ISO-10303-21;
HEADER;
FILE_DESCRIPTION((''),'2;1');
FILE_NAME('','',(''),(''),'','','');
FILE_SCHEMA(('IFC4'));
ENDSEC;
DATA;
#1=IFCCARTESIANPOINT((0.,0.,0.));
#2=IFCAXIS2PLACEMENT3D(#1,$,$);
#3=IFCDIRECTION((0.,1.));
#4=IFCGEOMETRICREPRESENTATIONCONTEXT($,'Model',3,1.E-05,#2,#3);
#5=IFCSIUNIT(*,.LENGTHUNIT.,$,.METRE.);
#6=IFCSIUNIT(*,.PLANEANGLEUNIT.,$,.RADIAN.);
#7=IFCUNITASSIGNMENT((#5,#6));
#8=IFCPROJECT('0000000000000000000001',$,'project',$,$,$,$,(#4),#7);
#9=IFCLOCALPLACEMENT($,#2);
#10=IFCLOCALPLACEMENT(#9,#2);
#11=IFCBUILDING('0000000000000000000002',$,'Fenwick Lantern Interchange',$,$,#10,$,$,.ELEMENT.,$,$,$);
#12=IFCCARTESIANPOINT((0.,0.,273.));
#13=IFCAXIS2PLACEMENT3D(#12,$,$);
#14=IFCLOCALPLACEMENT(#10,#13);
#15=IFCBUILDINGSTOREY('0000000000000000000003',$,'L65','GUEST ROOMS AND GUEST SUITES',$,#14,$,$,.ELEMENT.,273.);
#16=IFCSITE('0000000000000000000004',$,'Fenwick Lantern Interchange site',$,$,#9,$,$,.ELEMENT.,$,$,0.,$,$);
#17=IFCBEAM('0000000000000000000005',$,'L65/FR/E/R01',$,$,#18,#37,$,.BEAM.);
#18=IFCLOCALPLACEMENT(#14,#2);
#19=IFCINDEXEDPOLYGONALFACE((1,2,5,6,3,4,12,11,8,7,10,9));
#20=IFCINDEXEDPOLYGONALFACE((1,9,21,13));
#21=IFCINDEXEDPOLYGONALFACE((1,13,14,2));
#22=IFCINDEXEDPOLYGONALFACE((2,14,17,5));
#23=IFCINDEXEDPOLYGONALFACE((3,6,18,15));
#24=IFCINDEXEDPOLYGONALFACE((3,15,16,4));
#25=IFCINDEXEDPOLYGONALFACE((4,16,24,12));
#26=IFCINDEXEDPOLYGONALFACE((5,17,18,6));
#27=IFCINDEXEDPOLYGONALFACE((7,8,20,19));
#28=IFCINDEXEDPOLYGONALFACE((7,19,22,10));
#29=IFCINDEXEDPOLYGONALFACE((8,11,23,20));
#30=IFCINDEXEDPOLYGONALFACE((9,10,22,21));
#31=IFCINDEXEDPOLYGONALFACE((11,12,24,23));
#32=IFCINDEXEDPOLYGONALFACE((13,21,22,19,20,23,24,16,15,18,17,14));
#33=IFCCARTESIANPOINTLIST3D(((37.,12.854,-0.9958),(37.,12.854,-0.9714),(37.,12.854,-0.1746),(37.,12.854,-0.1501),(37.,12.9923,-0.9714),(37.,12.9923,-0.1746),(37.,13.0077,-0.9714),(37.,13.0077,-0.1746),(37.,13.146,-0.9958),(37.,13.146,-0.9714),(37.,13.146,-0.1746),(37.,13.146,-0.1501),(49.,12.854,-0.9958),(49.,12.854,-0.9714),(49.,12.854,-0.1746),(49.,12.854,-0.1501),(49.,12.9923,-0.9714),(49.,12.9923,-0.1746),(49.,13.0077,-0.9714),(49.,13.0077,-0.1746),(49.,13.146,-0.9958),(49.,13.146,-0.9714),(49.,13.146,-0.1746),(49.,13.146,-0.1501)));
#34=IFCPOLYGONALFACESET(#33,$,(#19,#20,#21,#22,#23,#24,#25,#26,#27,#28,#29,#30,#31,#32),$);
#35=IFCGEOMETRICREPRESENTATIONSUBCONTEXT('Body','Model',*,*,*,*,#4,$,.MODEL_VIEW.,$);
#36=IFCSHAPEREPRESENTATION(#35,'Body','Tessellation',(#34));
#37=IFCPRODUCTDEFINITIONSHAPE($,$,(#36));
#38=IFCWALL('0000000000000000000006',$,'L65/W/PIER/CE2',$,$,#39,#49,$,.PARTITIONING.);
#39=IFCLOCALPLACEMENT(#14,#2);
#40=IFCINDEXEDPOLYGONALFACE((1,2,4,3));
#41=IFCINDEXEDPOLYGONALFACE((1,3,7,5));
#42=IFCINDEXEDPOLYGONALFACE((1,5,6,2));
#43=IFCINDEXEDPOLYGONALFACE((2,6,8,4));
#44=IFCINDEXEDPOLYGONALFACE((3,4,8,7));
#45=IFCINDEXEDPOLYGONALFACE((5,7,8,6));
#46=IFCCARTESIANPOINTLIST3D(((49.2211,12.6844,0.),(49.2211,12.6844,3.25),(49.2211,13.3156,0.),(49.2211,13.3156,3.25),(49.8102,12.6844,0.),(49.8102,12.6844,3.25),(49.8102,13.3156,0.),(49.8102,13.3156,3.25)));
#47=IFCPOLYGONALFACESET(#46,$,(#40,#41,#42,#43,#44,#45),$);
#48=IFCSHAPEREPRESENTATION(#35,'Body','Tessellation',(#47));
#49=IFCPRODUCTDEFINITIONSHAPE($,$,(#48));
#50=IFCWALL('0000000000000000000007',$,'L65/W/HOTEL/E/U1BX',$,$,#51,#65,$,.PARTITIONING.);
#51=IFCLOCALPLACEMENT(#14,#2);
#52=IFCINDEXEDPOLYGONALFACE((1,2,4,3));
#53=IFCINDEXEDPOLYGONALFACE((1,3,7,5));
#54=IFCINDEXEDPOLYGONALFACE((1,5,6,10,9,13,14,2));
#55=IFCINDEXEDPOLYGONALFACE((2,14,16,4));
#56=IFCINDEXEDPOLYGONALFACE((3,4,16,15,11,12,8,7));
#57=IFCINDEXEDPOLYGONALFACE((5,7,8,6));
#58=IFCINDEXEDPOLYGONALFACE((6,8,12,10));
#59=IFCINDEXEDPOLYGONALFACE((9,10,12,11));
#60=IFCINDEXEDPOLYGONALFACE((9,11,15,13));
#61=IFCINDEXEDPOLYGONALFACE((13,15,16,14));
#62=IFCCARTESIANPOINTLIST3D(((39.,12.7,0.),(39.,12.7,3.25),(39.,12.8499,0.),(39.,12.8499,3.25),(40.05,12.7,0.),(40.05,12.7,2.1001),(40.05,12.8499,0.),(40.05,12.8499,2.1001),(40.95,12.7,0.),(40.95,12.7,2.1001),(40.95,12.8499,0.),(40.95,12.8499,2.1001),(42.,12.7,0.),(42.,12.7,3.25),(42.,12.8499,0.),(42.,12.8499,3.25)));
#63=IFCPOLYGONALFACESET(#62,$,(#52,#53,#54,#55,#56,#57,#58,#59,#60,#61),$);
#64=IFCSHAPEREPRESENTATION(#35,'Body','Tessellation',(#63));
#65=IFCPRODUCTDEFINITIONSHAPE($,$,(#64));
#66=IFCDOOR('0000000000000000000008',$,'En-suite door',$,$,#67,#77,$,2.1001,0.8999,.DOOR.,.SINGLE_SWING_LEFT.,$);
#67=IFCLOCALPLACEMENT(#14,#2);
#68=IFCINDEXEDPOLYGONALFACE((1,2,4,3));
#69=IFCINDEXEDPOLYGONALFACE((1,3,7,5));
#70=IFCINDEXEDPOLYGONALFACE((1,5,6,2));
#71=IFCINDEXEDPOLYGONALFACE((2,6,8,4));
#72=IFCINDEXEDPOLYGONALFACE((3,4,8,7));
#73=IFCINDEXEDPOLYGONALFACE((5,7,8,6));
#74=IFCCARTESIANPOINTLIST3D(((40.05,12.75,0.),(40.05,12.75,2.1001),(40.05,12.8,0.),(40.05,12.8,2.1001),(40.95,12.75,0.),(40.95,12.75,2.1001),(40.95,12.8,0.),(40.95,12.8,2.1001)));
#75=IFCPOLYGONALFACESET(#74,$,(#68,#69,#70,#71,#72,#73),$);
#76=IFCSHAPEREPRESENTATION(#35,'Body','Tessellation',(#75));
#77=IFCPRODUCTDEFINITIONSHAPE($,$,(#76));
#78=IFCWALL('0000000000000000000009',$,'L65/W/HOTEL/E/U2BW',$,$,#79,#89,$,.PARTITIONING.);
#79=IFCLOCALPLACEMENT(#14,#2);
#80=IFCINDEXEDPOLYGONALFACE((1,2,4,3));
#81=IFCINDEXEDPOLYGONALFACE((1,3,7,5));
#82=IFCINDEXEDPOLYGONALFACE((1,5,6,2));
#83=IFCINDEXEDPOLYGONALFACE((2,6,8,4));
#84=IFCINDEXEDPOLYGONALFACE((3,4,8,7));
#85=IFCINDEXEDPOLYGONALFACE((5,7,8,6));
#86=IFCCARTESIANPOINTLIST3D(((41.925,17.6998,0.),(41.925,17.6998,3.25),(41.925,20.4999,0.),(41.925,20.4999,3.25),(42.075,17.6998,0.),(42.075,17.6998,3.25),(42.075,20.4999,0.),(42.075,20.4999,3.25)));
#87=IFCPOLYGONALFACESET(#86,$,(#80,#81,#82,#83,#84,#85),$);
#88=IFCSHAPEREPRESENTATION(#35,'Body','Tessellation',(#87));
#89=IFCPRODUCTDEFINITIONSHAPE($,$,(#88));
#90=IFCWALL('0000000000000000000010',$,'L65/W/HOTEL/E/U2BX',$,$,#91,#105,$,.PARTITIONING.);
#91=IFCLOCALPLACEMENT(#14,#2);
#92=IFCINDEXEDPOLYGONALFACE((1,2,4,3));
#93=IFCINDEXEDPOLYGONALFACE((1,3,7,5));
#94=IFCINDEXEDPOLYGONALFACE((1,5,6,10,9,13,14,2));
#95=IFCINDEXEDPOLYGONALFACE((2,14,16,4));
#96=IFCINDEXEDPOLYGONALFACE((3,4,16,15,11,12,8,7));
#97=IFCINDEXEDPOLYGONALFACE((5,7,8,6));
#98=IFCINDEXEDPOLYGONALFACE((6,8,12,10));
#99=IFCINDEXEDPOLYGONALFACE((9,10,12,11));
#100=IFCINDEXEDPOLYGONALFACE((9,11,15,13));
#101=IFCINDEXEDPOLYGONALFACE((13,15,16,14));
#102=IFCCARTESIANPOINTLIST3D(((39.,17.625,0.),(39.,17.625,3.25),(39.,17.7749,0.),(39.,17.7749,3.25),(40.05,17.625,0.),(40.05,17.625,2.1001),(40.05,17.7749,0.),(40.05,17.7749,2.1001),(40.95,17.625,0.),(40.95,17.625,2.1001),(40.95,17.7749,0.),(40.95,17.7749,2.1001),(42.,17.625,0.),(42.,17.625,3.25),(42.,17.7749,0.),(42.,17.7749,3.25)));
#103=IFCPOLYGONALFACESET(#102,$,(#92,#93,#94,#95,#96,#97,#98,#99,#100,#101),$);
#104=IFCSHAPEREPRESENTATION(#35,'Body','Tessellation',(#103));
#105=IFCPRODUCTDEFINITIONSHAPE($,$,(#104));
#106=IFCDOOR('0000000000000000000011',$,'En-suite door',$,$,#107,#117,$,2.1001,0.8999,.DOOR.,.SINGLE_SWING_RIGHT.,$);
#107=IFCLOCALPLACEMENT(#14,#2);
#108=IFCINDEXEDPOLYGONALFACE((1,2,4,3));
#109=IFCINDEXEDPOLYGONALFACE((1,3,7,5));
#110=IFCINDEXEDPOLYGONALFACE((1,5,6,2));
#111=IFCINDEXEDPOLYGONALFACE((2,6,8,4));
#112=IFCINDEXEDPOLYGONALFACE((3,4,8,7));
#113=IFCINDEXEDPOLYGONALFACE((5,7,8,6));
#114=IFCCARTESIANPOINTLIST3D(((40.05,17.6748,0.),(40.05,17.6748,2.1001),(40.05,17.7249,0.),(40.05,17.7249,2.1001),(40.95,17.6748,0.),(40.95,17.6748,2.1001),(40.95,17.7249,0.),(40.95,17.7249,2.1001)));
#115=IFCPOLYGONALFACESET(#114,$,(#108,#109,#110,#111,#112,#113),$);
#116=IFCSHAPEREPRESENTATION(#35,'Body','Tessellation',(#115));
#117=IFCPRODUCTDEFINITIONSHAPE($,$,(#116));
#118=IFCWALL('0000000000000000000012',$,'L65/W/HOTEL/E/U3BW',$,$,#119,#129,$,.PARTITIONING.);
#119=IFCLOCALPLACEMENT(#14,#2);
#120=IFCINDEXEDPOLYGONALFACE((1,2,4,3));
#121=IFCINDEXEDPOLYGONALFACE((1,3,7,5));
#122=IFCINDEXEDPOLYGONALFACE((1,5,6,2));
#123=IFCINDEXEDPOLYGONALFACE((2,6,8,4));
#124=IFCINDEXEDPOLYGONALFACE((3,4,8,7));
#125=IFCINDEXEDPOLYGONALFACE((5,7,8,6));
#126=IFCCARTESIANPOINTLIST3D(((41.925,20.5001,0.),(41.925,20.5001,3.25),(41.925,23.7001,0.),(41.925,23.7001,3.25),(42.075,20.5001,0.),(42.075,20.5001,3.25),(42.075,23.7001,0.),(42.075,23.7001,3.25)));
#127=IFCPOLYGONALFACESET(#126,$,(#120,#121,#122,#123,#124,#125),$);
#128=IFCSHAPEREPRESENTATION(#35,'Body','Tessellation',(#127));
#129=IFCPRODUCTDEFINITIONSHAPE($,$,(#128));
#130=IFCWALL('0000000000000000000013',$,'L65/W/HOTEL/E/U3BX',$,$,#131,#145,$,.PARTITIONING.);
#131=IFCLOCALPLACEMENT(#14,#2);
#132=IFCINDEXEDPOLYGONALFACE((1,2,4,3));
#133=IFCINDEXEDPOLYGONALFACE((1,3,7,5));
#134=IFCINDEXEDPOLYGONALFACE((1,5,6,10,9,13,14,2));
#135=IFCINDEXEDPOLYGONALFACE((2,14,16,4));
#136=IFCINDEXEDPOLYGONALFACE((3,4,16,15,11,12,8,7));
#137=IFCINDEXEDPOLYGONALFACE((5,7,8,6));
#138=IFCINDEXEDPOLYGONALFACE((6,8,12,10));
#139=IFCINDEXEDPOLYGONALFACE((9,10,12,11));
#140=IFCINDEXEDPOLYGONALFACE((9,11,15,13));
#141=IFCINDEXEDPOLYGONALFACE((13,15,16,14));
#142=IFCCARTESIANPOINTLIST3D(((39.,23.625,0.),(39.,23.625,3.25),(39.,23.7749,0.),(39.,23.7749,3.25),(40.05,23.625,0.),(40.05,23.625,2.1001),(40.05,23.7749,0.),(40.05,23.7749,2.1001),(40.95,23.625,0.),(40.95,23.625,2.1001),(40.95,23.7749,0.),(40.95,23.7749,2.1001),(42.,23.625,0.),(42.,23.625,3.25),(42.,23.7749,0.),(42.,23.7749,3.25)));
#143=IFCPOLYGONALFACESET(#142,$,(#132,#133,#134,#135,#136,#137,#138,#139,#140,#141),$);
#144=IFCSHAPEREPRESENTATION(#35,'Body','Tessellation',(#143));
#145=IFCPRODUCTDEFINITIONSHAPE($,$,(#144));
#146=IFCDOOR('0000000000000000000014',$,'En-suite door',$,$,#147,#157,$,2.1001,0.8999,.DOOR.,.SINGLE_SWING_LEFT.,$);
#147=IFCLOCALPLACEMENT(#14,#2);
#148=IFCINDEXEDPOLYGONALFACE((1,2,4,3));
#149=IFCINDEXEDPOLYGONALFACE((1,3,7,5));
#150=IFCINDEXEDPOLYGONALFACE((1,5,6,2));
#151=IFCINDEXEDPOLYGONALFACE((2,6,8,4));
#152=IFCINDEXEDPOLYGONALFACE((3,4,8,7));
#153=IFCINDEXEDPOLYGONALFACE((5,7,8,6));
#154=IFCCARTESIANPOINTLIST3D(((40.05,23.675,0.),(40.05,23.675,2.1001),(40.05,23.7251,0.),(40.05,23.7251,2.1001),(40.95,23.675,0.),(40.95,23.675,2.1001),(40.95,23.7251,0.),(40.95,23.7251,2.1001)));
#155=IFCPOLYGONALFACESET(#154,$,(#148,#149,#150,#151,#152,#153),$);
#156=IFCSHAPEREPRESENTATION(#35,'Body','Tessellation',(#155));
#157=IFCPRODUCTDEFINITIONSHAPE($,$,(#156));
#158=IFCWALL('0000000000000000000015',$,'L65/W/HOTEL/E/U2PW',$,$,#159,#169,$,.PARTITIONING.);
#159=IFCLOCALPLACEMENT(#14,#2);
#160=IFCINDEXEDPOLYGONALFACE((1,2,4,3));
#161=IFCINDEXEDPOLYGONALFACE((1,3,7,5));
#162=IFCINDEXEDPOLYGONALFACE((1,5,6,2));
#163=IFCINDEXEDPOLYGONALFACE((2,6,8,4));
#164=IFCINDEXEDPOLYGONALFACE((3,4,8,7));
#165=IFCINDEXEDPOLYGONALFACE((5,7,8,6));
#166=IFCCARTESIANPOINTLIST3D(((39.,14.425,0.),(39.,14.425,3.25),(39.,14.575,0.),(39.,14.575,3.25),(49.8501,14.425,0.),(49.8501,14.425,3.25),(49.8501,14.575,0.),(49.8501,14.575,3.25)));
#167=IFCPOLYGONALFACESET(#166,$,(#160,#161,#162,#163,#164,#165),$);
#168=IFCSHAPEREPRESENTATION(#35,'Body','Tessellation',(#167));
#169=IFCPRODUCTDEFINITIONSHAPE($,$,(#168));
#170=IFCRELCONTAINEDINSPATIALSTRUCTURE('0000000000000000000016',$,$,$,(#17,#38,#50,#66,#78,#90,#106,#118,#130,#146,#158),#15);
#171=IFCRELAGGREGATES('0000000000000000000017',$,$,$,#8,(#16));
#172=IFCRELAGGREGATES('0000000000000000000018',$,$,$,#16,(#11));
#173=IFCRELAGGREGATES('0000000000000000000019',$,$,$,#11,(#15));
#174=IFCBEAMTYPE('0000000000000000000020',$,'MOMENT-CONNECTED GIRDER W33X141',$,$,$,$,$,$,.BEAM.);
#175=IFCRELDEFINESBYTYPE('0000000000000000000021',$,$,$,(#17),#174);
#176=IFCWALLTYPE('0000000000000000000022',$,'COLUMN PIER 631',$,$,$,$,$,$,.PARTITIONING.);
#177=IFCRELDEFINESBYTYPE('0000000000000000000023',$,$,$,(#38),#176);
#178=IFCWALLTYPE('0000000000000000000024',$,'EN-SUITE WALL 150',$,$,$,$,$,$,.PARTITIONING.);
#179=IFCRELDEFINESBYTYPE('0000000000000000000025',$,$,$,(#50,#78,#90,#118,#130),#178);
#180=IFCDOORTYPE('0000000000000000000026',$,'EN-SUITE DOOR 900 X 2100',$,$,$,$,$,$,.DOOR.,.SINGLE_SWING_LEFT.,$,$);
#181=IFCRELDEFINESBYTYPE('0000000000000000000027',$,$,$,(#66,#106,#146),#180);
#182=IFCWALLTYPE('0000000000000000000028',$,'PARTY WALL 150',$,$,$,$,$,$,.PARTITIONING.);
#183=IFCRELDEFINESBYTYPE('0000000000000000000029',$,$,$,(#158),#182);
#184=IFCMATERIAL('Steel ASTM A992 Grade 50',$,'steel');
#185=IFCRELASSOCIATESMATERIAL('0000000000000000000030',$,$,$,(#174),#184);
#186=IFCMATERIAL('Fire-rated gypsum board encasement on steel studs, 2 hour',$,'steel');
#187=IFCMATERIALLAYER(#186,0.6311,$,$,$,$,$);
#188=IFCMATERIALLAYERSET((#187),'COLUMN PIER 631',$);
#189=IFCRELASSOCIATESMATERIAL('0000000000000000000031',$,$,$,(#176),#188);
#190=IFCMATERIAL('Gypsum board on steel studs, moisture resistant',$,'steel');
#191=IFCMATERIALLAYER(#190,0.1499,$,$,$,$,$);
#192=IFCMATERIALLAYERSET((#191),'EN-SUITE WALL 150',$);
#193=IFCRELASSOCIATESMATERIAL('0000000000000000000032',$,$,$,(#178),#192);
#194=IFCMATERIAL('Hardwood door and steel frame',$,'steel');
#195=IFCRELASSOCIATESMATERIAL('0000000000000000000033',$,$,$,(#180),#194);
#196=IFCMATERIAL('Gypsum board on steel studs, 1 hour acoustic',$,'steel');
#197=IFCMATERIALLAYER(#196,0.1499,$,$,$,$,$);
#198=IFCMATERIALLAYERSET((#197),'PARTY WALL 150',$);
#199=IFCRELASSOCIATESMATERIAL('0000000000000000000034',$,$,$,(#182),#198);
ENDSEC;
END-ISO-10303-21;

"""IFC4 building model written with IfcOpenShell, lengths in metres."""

from ifc_helpers import new_model, si_unit, direction, frame, frame_2d, origin, origin_2d, place, context, subcontext, project, spatial, rectangle, i_section, extrude, material, layer, layer_set, material_profile, profile_set, type_object, element, fill, save


model = new_model("IFC4")

# Units and contexts
model_context = context("Model", 3, precision=1e-05, world=origin(), true_north=direction((0.0, 1.0)))
body_context = subcontext(model_context, "Body", "Model", "MODEL_VIEW")
ifc_project = project(units=[si_unit("LENGTHUNIT", "METRE"), si_unit("PLANEANGLEUNIT", "RADIAN")], contexts=[model_context])

# Site, building, storey
site_placement = place(None, origin())
site = spatial("IfcSite", under=ifc_project, at=site_placement, Name="Fenwick Lantern Interchange site", CompositionType="ELEMENT", RefElevation=0.0)
building_placement = place(site_placement, origin())
building = spatial("IfcBuilding", under=site, at=building_placement, Name="Fenwick Lantern Interchange", CompositionType="ELEMENT")
storey_placement = place(building_placement, frame((0.0, 0.0, 273.0)))
storey = spatial("IfcBuildingStorey", under=building, at=storey_placement, Name="L65", Description="GUEST ROOMS AND GUEST SUITES", CompositionType="ELEMENT", Elevation=273.0)

# Shared definitions
ifc_material_1 = material(Name="Steel ASTM A992 Grade 50", Category="steel")

# Beam
ifc_material_profile_1 = material_profile(ifc_material_1, i_section(OverallWidth=0.292, OverallDepth=0.8457, WebThickness=0.0154, FlangeThickness=0.0244, at=origin_2d()), Name="W33X141")
ifc_profile_set_1 = profile_set([ifc_material_profile_1], Name="Steel ASTM A992 Grade 50")
beam_type_1 = type_object("IfcBeamType", Name="MOMENT-CONNECTED GIRDER W33X141", PredefinedType="BEAM", material=ifc_profile_set_1)
beam_placement = place(storey_placement, frame((49.0, 13.0, -0.573), z_axis=(-1.0, 0.0, 0.0), x_axis=(0.0, -1.0, 0.0)))
element("IfcBeam", 1, at=beam_placement, inside=storey, type_object=beam_type_1, Name="L65/FR/E/R01", PredefinedType="BEAM", context=body_context, shape_type="SweptSolid", body=[
    extrude(i_section(OverallWidth=0.292, OverallDepth=0.8457, WebThickness=0.0154, FlangeThickness=0.0244, at=origin_2d()), origin(), (0.0, 0.0, 1.0), 12.0),
])

# Wall
ifc_material_2 = material(Name="Fire-rated gypsum board encasement on steel studs, 2 hour", Category="steel")
ifc_layer_1 = layer(ifc_material_2, 0.6311)
ifc_layer_set_1 = layer_set([ifc_layer_1], Name="COLUMN PIER 631")
wall_type_1 = type_object("IfcWallType", Name="COLUMN PIER 631", PredefinedType="PARTITIONING", material=ifc_layer_set_1)
wall_1_placement = place(storey_placement, frame((49.8101, 13.0, 0.0), z_axis=(0.0, 0.0, 1.0), x_axis=(-1.0, 0.0, 0.0)))
element("IfcWall", 2, at=wall_1_placement, inside=storey, type_object=wall_type_1, Name="L65/W/PIER/CE2", PredefinedType="PARTITIONING", context=body_context, shape_type="SweptSolid", body=[
    extrude(rectangle(XDim=0.5891, YDim=0.6311, at=frame_2d((0.2944, 0.0))), origin(), (0.0, 0.0, 1.0), 3.25),
])

# Wall, opening, door
ifc_material_3 = material(Name="Gypsum board on steel studs, moisture resistant", Category="steel")
ifc_layer_2 = layer(ifc_material_3, 0.1499)
ifc_layer_set_2 = layer_set([ifc_layer_2], Name="EN-SUITE WALL 150")
wall_type_2 = type_object("IfcWallType", Name="EN-SUITE WALL 150", PredefinedType="PARTITIONING", material=ifc_layer_set_2)
wall_2_placement = place(storey_placement, frame((42.0, 12.7749, 0.0), z_axis=(0.0, 0.0, 1.0), x_axis=(-1.0, 0.0, 0.0)))
wall_2 = element("IfcWall", 3, at=wall_2_placement, inside=storey, type_object=wall_type_2, Name="L65/W/HOTEL/E/U1BX", PredefinedType="PARTITIONING", context=body_context, shape_type="SweptSolid", body=[
    extrude(rectangle(XDim=3.0, YDim=0.1499, at=frame_2d((1.5, 0.0))), origin(), (0.0, 0.0, 1.0), 3.25),
])
opening_1_placement = place(wall_2_placement, frame((1.05, 0.0, 0.0)))
opening_1 = element("IfcOpeningElement", 4, at=opening_1_placement, cuts=wall_2, PredefinedType="OPENING", context=body_context, shape_type="SweptSolid", body=[
    extrude(rectangle(XDim=0.8999, YDim=2.1001, at=frame_2d((0.45, 1.05))), frame((0.0, 0.085, 0.0), z_axis=(0.0, -1.0, 0.0), x_axis=(1.0, 0.0, 0.0)), (0.0, 0.0, 1.0), 0.1699),
])
ifc_material_4 = material(Name="Hardwood door and steel frame", Category="steel")
door_type = type_object("IfcDoorType", Name="EN-SUITE DOOR 900 X 2100", OperationType="SINGLE_SWING_LEFT", PredefinedType="DOOR", material=ifc_material_4)
door_1_placement = place(opening_1_placement, origin())
door_1 = element("IfcDoor", 5, at=door_1_placement, inside=storey, type_object=door_type, Name="En-suite door", OperationType="SINGLE_SWING_LEFT", OverallHeight=2.1001, OverallWidth=0.8999, PredefinedType="DOOR", context=body_context, shape_type="SweptSolid", body=[
    extrude(rectangle(XDim=0.8999, YDim=2.1001, at=frame_2d((0.45, 1.05))), frame((0.0, 0.0249, 0.0), z_axis=(0.0, -1.0, 0.0), x_axis=(1.0, 0.0, 0.0)), (0.0, 0.0, 1.0), 0.05),
])
fill(opening_1, door_1)

# Wall
wall_3_placement = place(storey_placement, frame((42.0, 17.7, 0.0), z_axis=(0.0, 0.0, 1.0), x_axis=(0.0, 1.0, 0.0)))
element("IfcWall", 6, at=wall_3_placement, inside=storey, type_object=wall_type_2, Name="L65/W/HOTEL/E/U2BW", PredefinedType="PARTITIONING", context=body_context, shape_type="SweptSolid", body=[
    extrude(rectangle(XDim=2.8, YDim=0.1499, at=frame_2d((1.3999, 0.0))), origin(), (0.0, 0.0, 1.0), 3.25),
])

# Wall, opening, door
wall_4_placement = place(storey_placement, frame((42.0, 17.7, 0.0), z_axis=(0.0, 0.0, 1.0), x_axis=(-1.0, 0.0, 0.0)))
wall_4 = element("IfcWall", 7, at=wall_4_placement, inside=storey, type_object=wall_type_2, Name="L65/W/HOTEL/E/U2BX", PredefinedType="PARTITIONING", context=body_context, shape_type="SweptSolid", body=[
    extrude(rectangle(XDim=3.0, YDim=0.1499, at=frame_2d((1.5, 0.0))), origin(), (0.0, 0.0, 1.0), 3.25),
])
opening_2_placement = place(wall_4_placement, frame((1.05, 0.0, 0.0)))
opening_2 = element("IfcOpeningElement", 8, at=opening_2_placement, cuts=wall_4, PredefinedType="OPENING", context=body_context, shape_type="SweptSolid", body=[
    extrude(rectangle(XDim=0.8999, YDim=2.1001, at=frame_2d((0.45, 1.05))), frame((0.0, 0.085, 0.0), z_axis=(0.0, -1.0, 0.0), x_axis=(1.0, 0.0, 0.0)), (0.0, 0.0, 1.0), 0.1699),
])
door_2_placement = place(opening_2_placement, frame((0.8999, 0.0, 0.0), z_axis=(0.0, 0.0, 1.0), x_axis=(-1.0, 0.0, 0.0)))
door_2 = element("IfcDoor", 9, at=door_2_placement, inside=storey, type_object=door_type, Name="En-suite door", OperationType="SINGLE_SWING_RIGHT", OverallHeight=2.1001, OverallWidth=0.8999, PredefinedType="DOOR", context=body_context, shape_type="SweptSolid", body=[
    extrude(rectangle(XDim=0.8999, YDim=2.1001, at=frame_2d((0.45, 1.05))), frame((0.0, 0.0249, 0.0), z_axis=(0.0, -1.0, 0.0), x_axis=(1.0, 0.0, 0.0)), (0.0, 0.0, 1.0), 0.05),
])
fill(opening_2, door_2)

# Wall
wall_5_placement = place(storey_placement, frame((42.0, 20.5, 0.0), z_axis=(0.0, 0.0, 1.0), x_axis=(0.0, 1.0, 0.0)))
element("IfcWall", 10, at=wall_5_placement, inside=storey, type_object=wall_type_2, Name="L65/W/HOTEL/E/U3BW", PredefinedType="PARTITIONING", context=body_context, shape_type="SweptSolid", body=[
    extrude(rectangle(XDim=3.2, YDim=0.1499, at=frame_2d((1.6001, 0.0))), origin(), (0.0, 0.0, 1.0), 3.25),
])

# Wall, opening, door
wall_6_placement = place(storey_placement, frame((42.0, 23.7, 0.0), z_axis=(0.0, 0.0, 1.0), x_axis=(-1.0, 0.0, 0.0)))
wall_6 = element("IfcWall", 11, at=wall_6_placement, inside=storey, type_object=wall_type_2, Name="L65/W/HOTEL/E/U3BX", PredefinedType="PARTITIONING", context=body_context, shape_type="SweptSolid", body=[
    extrude(rectangle(XDim=3.0, YDim=0.1499, at=frame_2d((1.5, 0.0))), origin(), (0.0, 0.0, 1.0), 3.25),
])
opening_3_placement = place(wall_6_placement, frame((1.05, 0.0, 0.0)))
opening_3 = element("IfcOpeningElement", 12, at=opening_3_placement, cuts=wall_6, PredefinedType="OPENING", context=body_context, shape_type="SweptSolid", body=[
    extrude(rectangle(XDim=0.8999, YDim=2.1001, at=frame_2d((0.45, 1.05))), frame((0.0, 0.085, 0.0), z_axis=(0.0, -1.0, 0.0), x_axis=(1.0, 0.0, 0.0)), (0.0, 0.0, 1.0), 0.1699),
])
door_3_placement = place(opening_3_placement, origin())
door_3 = element("IfcDoor", 13, at=door_3_placement, inside=storey, type_object=door_type, Name="En-suite door", OperationType="SINGLE_SWING_LEFT", OverallHeight=2.1001, OverallWidth=0.8999, PredefinedType="DOOR", context=body_context, shape_type="SweptSolid", body=[
    extrude(rectangle(XDim=0.8999, YDim=2.1001, at=frame_2d((0.45, 1.05))), frame((0.0, 0.0249, 0.0), z_axis=(0.0, -1.0, 0.0), x_axis=(1.0, 0.0, 0.0)), (0.0, 0.0, 1.0), 0.05),
])
fill(opening_3, door_3)

# Wall
ifc_material_5 = material(Name="Gypsum board on steel studs, 1 hour acoustic", Category="steel")
ifc_layer_3 = layer(ifc_material_5, 0.1499)
ifc_layer_set_3 = layer_set([ifc_layer_3], Name="PARTY WALL 150")
wall_type_3 = type_object("IfcWallType", Name="PARTY WALL 150", PredefinedType="PARTITIONING", material=ifc_layer_set_3)
for number, where, z_axis, x_axis, name in (
    (14, (49.8501, 14.5, 0.0), (0.0, 0.0, 1.0), (-1.0, 0.0, 0.0), "L65/W/HOTEL/E/U2PW"),
):
    element("IfcWall", number, at=place(storey_placement, frame(where, z_axis=z_axis, x_axis=x_axis)), inside=storey, type_object=wall_type_3, Name=name, PredefinedType="PARTITIONING", context=body_context, shape_type="SweptSolid", body=[
        extrude(rectangle(XDim=10.8501, YDim=0.1499, at=frame_2d((5.425, 0.0))), origin(), (0.0, 0.0, 1.0), 3.25),
    ])

save(model, "model.ifc")
